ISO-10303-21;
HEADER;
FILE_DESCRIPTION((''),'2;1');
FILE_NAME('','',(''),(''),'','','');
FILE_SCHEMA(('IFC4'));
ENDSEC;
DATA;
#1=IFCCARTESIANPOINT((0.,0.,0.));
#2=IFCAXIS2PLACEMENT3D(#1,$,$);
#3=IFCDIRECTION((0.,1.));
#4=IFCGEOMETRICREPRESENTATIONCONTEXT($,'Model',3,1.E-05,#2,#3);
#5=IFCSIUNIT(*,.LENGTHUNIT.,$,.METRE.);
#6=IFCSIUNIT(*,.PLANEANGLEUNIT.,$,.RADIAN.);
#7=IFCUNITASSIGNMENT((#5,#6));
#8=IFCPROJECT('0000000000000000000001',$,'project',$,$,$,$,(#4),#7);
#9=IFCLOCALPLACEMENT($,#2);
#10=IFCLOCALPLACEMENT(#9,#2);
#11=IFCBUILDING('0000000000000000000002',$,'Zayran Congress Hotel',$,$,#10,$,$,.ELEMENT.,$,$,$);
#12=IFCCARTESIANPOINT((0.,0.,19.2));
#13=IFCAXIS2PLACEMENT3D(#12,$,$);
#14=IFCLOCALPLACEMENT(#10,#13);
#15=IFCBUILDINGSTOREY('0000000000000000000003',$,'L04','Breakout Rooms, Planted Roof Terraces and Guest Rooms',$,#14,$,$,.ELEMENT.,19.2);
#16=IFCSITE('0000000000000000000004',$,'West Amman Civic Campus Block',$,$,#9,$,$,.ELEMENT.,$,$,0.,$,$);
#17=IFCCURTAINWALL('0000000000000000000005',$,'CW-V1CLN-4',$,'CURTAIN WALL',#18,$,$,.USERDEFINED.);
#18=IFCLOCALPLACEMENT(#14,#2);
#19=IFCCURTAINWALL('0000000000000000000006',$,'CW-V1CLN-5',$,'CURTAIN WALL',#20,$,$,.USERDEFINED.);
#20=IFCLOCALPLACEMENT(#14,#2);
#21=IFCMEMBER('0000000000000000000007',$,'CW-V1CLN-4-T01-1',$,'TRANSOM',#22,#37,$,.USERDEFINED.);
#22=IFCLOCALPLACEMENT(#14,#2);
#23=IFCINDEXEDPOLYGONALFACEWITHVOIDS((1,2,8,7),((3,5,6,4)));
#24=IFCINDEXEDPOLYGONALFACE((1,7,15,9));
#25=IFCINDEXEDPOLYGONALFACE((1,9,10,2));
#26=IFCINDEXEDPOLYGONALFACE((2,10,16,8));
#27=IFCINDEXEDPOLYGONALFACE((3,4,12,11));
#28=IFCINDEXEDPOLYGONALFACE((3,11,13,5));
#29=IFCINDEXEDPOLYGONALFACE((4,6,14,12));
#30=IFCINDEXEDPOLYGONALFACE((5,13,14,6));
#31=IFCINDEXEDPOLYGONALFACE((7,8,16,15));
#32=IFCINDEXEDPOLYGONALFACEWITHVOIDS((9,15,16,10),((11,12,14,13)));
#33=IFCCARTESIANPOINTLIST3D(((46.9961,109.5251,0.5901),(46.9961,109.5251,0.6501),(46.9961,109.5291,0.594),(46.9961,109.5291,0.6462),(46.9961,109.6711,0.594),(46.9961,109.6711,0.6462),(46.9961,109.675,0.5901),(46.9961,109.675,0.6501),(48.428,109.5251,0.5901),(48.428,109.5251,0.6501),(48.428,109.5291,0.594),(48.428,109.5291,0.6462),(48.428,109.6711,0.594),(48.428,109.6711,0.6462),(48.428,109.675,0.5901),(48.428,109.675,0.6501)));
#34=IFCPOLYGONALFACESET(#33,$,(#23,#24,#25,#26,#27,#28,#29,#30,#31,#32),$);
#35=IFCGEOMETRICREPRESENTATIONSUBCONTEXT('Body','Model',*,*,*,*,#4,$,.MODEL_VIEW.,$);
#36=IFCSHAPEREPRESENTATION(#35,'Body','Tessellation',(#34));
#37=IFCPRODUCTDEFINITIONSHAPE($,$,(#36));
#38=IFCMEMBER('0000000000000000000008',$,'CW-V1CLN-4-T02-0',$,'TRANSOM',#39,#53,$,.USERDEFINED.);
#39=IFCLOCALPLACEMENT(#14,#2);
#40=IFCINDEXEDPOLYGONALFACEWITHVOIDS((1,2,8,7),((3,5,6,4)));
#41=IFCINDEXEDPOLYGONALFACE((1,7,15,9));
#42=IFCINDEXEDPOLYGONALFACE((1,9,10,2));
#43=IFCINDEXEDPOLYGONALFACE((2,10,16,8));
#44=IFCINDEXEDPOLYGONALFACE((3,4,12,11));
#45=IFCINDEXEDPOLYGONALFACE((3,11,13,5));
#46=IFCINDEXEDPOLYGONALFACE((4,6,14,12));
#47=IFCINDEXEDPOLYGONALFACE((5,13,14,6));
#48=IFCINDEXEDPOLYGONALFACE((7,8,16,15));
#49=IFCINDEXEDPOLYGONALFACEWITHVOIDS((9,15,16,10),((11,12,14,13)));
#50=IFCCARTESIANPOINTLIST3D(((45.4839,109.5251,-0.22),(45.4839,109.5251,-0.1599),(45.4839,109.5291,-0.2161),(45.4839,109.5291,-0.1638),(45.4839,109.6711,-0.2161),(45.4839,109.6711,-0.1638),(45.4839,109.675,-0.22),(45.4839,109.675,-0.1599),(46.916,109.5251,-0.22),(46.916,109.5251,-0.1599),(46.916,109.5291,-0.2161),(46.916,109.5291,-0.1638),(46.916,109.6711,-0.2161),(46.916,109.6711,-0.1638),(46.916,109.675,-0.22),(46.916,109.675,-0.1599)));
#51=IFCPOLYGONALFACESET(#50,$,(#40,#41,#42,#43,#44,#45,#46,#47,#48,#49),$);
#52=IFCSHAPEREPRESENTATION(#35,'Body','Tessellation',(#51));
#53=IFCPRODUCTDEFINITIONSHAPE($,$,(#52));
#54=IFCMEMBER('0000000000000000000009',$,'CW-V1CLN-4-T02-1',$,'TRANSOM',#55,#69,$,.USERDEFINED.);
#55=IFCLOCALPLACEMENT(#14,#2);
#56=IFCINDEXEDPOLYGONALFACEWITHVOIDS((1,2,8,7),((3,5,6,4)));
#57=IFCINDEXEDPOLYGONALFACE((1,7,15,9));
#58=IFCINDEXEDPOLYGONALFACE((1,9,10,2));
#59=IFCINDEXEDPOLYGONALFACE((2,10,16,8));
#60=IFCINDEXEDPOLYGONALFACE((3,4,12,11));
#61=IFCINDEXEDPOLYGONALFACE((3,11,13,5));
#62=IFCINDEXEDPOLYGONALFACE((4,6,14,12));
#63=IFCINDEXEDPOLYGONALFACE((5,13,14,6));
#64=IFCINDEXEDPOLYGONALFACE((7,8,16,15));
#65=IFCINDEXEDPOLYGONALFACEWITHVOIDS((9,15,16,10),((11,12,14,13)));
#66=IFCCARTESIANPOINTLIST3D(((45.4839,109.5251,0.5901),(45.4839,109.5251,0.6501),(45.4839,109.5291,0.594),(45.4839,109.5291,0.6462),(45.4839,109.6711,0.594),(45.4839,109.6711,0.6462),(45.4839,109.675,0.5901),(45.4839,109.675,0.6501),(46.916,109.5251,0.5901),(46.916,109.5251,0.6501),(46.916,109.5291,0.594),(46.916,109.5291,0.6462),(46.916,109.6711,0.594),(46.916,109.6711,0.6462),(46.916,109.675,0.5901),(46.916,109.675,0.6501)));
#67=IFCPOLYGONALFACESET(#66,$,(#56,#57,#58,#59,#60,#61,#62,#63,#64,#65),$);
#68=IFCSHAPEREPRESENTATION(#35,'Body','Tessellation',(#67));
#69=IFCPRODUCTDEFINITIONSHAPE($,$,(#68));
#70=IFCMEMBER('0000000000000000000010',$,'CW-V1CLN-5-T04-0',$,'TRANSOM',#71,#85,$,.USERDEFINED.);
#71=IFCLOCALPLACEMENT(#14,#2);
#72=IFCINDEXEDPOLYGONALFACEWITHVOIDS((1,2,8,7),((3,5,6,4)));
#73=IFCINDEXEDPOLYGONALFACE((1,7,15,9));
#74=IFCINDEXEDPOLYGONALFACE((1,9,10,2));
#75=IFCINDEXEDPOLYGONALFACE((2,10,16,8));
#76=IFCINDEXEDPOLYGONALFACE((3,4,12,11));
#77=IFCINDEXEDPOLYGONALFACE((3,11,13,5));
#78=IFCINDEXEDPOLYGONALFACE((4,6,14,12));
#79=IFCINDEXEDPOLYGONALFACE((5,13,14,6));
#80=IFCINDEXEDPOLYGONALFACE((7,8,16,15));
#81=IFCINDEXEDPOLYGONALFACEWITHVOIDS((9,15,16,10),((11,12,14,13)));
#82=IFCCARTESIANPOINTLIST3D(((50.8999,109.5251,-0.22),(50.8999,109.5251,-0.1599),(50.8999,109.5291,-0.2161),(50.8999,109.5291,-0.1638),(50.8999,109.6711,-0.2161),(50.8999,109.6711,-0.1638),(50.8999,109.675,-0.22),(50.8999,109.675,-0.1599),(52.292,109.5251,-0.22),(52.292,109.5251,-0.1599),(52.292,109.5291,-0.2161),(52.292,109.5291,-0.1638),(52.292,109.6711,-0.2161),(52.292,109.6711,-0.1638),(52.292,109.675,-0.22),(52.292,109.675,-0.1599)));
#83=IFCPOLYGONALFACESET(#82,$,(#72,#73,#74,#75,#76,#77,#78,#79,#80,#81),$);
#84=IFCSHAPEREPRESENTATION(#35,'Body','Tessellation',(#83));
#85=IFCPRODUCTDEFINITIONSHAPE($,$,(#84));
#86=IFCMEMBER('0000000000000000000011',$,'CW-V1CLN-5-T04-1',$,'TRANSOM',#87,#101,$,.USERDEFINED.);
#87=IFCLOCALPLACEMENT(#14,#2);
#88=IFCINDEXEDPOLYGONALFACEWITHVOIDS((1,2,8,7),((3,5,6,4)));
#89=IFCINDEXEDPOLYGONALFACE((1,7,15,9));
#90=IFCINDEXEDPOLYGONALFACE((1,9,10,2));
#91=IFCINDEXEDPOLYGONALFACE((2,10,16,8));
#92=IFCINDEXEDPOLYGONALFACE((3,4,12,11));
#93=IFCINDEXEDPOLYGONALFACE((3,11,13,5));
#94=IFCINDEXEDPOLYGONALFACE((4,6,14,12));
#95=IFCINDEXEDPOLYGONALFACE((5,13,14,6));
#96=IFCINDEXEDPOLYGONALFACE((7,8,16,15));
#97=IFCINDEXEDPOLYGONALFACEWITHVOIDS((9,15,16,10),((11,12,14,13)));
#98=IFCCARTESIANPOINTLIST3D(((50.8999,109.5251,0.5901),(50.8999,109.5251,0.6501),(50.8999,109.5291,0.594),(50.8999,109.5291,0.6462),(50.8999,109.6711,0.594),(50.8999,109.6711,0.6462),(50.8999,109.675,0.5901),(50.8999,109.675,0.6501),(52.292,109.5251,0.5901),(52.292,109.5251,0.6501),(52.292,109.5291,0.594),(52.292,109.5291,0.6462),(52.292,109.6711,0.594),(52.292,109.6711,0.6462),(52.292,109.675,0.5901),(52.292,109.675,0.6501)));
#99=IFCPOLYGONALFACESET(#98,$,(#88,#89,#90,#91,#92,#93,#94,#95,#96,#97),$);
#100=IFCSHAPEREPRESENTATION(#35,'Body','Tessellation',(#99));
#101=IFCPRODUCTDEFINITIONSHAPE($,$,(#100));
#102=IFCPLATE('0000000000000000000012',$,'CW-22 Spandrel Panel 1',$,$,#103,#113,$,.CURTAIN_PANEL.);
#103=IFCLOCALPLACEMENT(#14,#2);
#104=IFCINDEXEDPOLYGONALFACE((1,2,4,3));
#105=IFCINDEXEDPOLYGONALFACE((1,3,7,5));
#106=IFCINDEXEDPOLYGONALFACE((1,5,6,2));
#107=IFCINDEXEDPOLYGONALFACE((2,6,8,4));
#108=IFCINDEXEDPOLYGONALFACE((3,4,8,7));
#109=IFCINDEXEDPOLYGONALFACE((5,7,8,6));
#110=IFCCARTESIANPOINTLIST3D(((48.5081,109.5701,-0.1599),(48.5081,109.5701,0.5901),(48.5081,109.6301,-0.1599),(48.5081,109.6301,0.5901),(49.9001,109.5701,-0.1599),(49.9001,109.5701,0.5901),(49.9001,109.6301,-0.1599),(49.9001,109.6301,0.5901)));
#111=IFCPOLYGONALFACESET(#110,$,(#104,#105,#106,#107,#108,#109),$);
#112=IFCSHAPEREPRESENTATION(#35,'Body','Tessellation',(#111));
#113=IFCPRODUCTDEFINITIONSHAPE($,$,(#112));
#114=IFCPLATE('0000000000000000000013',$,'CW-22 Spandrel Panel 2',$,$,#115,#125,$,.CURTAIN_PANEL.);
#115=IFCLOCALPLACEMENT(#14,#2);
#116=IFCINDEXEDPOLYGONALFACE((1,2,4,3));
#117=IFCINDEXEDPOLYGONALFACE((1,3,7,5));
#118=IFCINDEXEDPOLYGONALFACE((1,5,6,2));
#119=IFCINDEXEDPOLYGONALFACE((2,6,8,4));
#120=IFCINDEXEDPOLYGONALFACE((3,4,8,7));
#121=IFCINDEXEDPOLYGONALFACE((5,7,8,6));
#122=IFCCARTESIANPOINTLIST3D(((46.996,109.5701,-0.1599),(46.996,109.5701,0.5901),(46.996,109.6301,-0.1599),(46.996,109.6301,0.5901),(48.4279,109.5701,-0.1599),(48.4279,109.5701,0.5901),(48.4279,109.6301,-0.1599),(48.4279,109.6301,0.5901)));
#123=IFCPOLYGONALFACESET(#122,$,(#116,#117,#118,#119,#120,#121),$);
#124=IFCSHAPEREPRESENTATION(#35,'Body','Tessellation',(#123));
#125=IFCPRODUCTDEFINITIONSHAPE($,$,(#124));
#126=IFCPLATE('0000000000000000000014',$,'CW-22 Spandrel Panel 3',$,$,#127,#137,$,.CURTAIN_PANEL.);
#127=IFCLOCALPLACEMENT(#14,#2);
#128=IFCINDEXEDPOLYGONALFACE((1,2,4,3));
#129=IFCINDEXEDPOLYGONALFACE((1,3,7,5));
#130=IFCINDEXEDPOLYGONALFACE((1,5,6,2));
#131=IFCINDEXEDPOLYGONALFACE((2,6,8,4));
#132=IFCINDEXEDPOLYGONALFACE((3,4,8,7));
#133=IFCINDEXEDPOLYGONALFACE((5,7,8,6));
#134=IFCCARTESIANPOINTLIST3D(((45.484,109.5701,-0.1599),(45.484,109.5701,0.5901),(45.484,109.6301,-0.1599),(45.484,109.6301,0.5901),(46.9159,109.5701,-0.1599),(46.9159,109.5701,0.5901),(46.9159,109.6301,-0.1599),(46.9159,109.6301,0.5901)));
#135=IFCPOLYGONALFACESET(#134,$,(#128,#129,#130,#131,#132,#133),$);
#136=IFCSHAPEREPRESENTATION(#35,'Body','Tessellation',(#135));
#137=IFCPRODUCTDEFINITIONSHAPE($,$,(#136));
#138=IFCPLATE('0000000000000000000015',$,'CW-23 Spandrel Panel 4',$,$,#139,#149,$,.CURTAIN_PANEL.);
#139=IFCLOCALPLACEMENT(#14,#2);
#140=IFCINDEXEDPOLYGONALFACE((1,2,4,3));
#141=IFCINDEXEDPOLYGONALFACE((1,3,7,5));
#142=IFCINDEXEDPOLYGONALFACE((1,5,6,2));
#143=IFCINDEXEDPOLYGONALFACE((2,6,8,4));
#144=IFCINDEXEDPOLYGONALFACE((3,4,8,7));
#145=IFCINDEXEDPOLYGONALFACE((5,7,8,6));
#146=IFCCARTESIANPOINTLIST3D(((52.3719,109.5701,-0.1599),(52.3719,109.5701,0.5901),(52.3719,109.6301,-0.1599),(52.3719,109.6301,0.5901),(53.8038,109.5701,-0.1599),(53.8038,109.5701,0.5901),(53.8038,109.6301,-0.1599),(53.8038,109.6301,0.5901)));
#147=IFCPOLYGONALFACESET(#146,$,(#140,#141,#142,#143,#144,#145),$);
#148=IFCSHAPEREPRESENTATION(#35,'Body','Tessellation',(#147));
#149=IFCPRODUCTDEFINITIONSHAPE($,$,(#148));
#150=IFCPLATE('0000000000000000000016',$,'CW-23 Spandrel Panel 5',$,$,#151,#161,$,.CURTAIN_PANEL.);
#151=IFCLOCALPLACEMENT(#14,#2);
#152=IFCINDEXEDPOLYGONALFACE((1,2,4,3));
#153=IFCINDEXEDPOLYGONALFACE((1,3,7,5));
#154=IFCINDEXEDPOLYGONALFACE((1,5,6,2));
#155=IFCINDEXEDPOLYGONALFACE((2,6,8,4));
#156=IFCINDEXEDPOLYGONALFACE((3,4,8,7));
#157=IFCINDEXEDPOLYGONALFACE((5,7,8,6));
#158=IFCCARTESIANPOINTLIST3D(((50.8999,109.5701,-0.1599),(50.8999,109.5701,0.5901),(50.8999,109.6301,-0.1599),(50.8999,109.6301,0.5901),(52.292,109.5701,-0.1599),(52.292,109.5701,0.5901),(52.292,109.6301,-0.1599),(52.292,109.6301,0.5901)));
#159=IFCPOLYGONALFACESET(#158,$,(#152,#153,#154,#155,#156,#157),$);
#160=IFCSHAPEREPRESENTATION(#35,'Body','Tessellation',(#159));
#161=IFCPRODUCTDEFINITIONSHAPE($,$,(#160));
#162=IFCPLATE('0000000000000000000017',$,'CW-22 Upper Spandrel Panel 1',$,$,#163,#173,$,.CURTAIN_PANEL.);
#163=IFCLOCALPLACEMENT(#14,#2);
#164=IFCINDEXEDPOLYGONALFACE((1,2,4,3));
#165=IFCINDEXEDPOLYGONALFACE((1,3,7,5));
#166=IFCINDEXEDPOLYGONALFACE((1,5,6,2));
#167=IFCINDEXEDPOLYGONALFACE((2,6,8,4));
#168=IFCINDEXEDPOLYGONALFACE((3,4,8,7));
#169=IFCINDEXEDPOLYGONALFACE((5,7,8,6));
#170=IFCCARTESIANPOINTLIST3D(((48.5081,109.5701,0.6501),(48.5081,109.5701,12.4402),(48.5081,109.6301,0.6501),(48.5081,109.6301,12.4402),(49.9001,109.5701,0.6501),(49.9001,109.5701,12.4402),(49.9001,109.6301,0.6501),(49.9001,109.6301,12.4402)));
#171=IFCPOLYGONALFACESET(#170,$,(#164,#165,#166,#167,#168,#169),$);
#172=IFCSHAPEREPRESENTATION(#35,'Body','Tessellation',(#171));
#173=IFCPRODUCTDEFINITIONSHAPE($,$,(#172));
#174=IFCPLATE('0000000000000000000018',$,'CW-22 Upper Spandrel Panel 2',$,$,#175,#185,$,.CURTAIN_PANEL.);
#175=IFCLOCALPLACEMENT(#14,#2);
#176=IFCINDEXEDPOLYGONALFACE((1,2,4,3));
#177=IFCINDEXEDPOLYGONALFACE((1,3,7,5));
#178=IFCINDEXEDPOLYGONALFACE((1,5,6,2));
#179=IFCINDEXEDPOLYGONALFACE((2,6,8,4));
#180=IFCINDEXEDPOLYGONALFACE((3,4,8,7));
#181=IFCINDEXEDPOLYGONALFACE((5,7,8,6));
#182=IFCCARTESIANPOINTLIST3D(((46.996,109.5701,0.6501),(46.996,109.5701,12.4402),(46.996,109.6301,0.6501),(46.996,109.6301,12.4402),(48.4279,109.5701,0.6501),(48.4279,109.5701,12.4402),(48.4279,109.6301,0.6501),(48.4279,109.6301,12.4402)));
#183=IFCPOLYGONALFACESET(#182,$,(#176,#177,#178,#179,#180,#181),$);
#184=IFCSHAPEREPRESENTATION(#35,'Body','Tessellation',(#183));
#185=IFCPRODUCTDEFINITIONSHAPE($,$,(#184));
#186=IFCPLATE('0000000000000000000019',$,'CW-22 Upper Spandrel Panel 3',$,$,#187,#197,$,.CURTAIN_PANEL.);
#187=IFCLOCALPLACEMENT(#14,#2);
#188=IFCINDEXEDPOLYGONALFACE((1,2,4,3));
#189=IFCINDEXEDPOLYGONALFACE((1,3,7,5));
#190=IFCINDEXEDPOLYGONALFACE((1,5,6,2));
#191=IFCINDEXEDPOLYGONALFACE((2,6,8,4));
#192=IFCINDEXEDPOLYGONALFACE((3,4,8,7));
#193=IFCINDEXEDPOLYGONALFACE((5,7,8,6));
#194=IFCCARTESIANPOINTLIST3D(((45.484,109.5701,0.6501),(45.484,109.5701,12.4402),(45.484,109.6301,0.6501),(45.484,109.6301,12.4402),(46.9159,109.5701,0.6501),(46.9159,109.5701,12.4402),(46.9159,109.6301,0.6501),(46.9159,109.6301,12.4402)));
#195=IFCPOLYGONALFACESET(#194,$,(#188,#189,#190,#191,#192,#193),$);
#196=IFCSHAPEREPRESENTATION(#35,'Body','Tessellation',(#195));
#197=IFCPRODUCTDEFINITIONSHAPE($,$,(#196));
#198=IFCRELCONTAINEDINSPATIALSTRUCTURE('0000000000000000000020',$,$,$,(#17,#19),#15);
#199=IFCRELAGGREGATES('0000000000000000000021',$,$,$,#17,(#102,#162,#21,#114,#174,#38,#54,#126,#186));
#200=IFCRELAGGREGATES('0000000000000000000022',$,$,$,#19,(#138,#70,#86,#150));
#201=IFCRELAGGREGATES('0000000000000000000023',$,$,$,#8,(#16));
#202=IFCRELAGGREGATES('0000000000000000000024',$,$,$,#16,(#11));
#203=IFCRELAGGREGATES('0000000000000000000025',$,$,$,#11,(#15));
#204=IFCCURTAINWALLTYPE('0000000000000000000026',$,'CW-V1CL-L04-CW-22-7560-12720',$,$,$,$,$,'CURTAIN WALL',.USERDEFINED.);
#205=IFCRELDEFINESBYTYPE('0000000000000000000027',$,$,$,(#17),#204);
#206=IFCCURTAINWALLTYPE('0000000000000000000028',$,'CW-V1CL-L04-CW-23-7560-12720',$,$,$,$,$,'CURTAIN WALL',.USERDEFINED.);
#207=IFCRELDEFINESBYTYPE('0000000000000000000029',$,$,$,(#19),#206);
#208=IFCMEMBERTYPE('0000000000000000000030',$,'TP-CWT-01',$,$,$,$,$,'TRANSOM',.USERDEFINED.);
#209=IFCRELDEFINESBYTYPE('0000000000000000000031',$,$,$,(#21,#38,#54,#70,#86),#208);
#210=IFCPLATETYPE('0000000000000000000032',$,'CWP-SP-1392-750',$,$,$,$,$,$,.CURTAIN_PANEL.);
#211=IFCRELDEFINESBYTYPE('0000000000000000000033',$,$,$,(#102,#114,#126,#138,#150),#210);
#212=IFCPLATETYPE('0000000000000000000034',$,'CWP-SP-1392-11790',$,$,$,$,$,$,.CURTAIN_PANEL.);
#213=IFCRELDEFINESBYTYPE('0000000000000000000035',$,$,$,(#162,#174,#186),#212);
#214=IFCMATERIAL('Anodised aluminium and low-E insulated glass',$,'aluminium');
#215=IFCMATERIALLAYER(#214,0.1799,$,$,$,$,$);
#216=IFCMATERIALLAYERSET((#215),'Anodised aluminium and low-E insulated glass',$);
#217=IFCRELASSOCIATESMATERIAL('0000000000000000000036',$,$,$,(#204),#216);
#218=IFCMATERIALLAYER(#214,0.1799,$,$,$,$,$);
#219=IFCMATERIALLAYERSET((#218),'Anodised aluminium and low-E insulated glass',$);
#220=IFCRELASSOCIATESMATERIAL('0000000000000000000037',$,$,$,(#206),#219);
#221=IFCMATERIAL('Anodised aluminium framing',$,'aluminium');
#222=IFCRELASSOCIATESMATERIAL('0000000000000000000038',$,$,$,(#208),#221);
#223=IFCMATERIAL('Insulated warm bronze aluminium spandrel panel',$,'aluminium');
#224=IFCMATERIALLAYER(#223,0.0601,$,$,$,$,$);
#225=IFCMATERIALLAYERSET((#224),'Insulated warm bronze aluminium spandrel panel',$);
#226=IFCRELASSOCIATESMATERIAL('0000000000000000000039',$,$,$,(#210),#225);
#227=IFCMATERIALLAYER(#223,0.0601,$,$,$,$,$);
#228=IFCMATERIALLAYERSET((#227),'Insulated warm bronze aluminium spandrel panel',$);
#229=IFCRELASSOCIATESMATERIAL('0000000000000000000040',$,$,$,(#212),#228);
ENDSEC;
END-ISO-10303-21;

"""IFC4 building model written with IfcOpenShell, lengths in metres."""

from ifc_helpers import new_model, si_unit, direction, frame, origin, origin_2d, place, context, subcontext, project, spatial, rectangle, hollow_rectangle, extrude, material, layer, layer_set, material_profile, profile_set, type_object, element, aggregate, save


model = new_model("IFC4")

# Units and contexts
model_context = context("Model", 3, precision=1e-05, world=origin(), true_north=direction((0.0, 1.0)))
body_context = subcontext(model_context, "Body", "Model", "MODEL_VIEW")
ifc_project = project(units=[si_unit("LENGTHUNIT", "METRE"), si_unit("PLANEANGLEUNIT", "RADIAN")], contexts=[model_context])

# Site, building, storey
site_placement = place(None, origin())
site = spatial("IfcSite", under=ifc_project, at=site_placement, Name="West Amman Civic Campus Block", CompositionType="ELEMENT", RefElevation=0.0)
building_placement = place(site_placement, origin())
building = spatial("IfcBuilding", under=site, at=building_placement, Name="Zayran Congress Hotel", CompositionType="ELEMENT")
storey_placement = place(building_placement, frame((0.0, 0.0, 19.2)))
storey = spatial("IfcBuildingStorey", under=building, at=storey_placement, Name="L04", Description="Breakout Rooms, Planted Roof Terraces and Guest Rooms", CompositionType="ELEMENT", Elevation=19.2)

# Curtain walls
ifc_material_1 = material(Name="Anodised aluminium and low-E insulated glass", Category="aluminium")
ifc_layer_1 = layer(ifc_material_1, 0.1799)
ifc_layer_set_1 = layer_set([ifc_layer_1], Name="Anodised aluminium and low-E insulated glass")
curtain_wall_type_1 = type_object("IfcCurtainWallType", Name="CW-V1CL-L04-CW-22-7560-12720", ElementType="CURTAIN WALL", PredefinedType="USERDEFINED", material=ifc_layer_set_1)
curtain_wall_1_placement = place(storey_placement, origin())
curtain_wall_1 = element("IfcCurtainWall", 1, at=curtain_wall_1_placement, inside=storey, type_object=curtain_wall_type_1, Name="CW-V1CLN-4", ObjectType="CURTAIN WALL", PredefinedType="USERDEFINED")
ifc_material_2 = material(Name="Anodised aluminium framing", Category="aluminium")
ifc_layer_2 = layer(ifc_material_1, 0.1799)
ifc_layer_set_2 = layer_set([ifc_layer_2], Name="Anodised aluminium and low-E insulated glass")
curtain_wall_type_2 = type_object("IfcCurtainWallType", Name="CW-V1CL-L04-CW-23-7560-12720", ElementType="CURTAIN WALL", PredefinedType="USERDEFINED", material=ifc_layer_set_2)
curtain_wall_2_placement = place(storey_placement, origin())
curtain_wall_2 = element("IfcCurtainWall", 2, at=curtain_wall_2_placement, inside=storey, type_object=curtain_wall_type_2, Name="CW-V1CLN-5", ObjectType="CURTAIN WALL", PredefinedType="USERDEFINED")

# Members
ifc_material_profile_1 = material_profile(ifc_material_2, hollow_rectangle(XDim=0.0601, YDim=0.1499, WallThickness=0.0039, at=origin_2d()), Name="RHS 150x60x4")
ifc_profile_set_1 = profile_set([ifc_material_profile_1], Name="Anodised aluminium framing")
member_type_1 = type_object("IfcMemberType", Name="TP-CWT-01", ElementType="TRANSOM", PredefinedType="USERDEFINED", material=ifc_profile_set_1)
member_1_placement = place(storey_placement, frame((48.428, 109.6001, 0.6201), z_axis=(-1.0, 0.0, 0.0), x_axis=(0.0, 0.0, 1.0)))
member_1 = element("IfcMember", 3, at=member_1_placement, type_object=member_type_1, Name="CW-V1CLN-4-T01-1", ObjectType="TRANSOM", PredefinedType="USERDEFINED", context=body_context, shape_type="SweptSolid", body=[
    extrude(hollow_rectangle(XDim=0.0601, YDim=0.1499, WallThickness=0.0039, at=origin_2d()), origin(), (0.0, 0.0, 1.0), 1.4319),
])
member_2_placement = place(storey_placement, frame((46.916, 109.6001, -0.1899), z_axis=(-1.0, 0.0, 0.0), x_axis=(0.0, 0.0, 1.0)))
member_2 = element("IfcMember", 4, at=member_2_placement, type_object=member_type_1, Name="CW-V1CLN-4-T02-0", ObjectType="TRANSOM", PredefinedType="USERDEFINED", context=body_context, shape_type="SweptSolid", body=[
    extrude(hollow_rectangle(XDim=0.0601, YDim=0.1499, WallThickness=0.0039, at=origin_2d()), origin(), (0.0, 0.0, 1.0), 1.4321),
])
member_3_placement = place(storey_placement, frame((46.916, 109.6001, 0.6201), z_axis=(-1.0, 0.0, 0.0), x_axis=(0.0, 0.0, 1.0)))
member_3 = element("IfcMember", 5, at=member_3_placement, type_object=member_type_1, Name="CW-V1CLN-4-T02-1", ObjectType="TRANSOM", PredefinedType="USERDEFINED", context=body_context, shape_type="SweptSolid", body=[
    extrude(hollow_rectangle(XDim=0.0601, YDim=0.1499, WallThickness=0.0039, at=origin_2d()), origin(), (0.0, 0.0, 1.0), 1.4321),
])
member_4_placement = place(storey_placement, frame((52.292, 109.6001, -0.1899), z_axis=(-1.0, 0.0, 0.0), x_axis=(0.0, 0.0, 1.0)))
member_4 = element("IfcMember", 6, at=member_4_placement, type_object=member_type_1, Name="CW-V1CLN-5-T04-0", ObjectType="TRANSOM", PredefinedType="USERDEFINED", context=body_context, shape_type="SweptSolid", body=[
    extrude(hollow_rectangle(XDim=0.0601, YDim=0.1499, WallThickness=0.0039, at=origin_2d()), origin(), (0.0, 0.0, 1.0), 1.3921),
])
member_5_placement = place(storey_placement, frame((52.292, 109.6001, 0.6201), z_axis=(-1.0, 0.0, 0.0), x_axis=(0.0, 0.0, 1.0)))
member_5 = element("IfcMember", 7, at=member_5_placement, type_object=member_type_1, Name="CW-V1CLN-5-T04-1", ObjectType="TRANSOM", PredefinedType="USERDEFINED", context=body_context, shape_type="SweptSolid", body=[
    extrude(hollow_rectangle(XDim=0.0601, YDim=0.1499, WallThickness=0.0039, at=origin_2d()), origin(), (0.0, 0.0, 1.0), 1.3921),
])

# Plates
ifc_material_3 = material(Name="Insulated warm bronze aluminium spandrel panel", Category="aluminium")
ifc_layer_3 = layer(ifc_material_3, 0.0601)
ifc_layer_set_3 = layer_set([ifc_layer_3], Name="Insulated warm bronze aluminium spandrel panel")
plate_type_1 = type_object("IfcPlateType", Name="CWP-SP-1392-750", PredefinedType="CURTAIN_PANEL", material=ifc_layer_set_3)
plate_1_placement = place(storey_placement, frame((49.2041, 109.6001, -0.1599), z_axis=(0.0, 0.0, 1.0), x_axis=(1.0, 0.0, 0.0)))
plate_1 = element("IfcPlate", 8, at=plate_1_placement, type_object=plate_type_1, Name="CW-22 Spandrel Panel 1", PredefinedType="CURTAIN_PANEL", context=body_context, shape_type="SweptSolid", body=[
    extrude(rectangle(XDim=1.3921, YDim=0.0601, at=origin_2d()), origin(), (0.0, 0.0, 1.0), 0.75),
])
plate_2_placement = place(storey_placement, frame((47.7119, 109.6001, -0.1599), z_axis=(0.0, 0.0, 1.0), x_axis=(1.0, 0.0, 0.0)))
plate_2 = element("IfcPlate", 9, at=plate_2_placement, type_object=plate_type_1, Name="CW-22 Spandrel Panel 2", PredefinedType="CURTAIN_PANEL", context=body_context, shape_type="SweptSolid", body=[
    extrude(rectangle(XDim=1.4319, YDim=0.0601, at=origin_2d()), origin(), (0.0, 0.0, 1.0), 0.75),
])
plate_3_placement = place(storey_placement, frame((46.2, 109.6001, -0.1599), z_axis=(0.0, 0.0, 1.0), x_axis=(1.0, 0.0, 0.0)))
plate_3 = element("IfcPlate", 10, at=plate_3_placement, type_object=plate_type_1, Name="CW-22 Spandrel Panel 3", PredefinedType="CURTAIN_PANEL", context=body_context, shape_type="SweptSolid", body=[
    extrude(rectangle(XDim=1.4319, YDim=0.0601, at=origin_2d()), origin(), (0.0, 0.0, 1.0), 0.75),
])
plate_4_placement = place(storey_placement, frame((53.0879, 109.6001, -0.1599), z_axis=(0.0, 0.0, 1.0), x_axis=(1.0, 0.0, 0.0)))
plate_4 = element("IfcPlate", 11, at=plate_4_placement, type_object=plate_type_1, Name="CW-23 Spandrel Panel 4", PredefinedType="CURTAIN_PANEL", context=body_context, shape_type="SweptSolid", body=[
    extrude(rectangle(XDim=1.4319, YDim=0.0601, at=origin_2d()), origin(), (0.0, 0.0, 1.0), 0.75),
])
plate_5_placement = place(storey_placement, frame((51.5959, 109.6001, -0.1599), z_axis=(0.0, 0.0, 1.0), x_axis=(1.0, 0.0, 0.0)))
plate_5 = element("IfcPlate", 12, at=plate_5_placement, type_object=plate_type_1, Name="CW-23 Spandrel Panel 5", PredefinedType="CURTAIN_PANEL", context=body_context, shape_type="SweptSolid", body=[
    extrude(rectangle(XDim=1.3921, YDim=0.0601, at=origin_2d()), origin(), (0.0, 0.0, 1.0), 0.75),
])
ifc_layer_4 = layer(ifc_material_3, 0.0601)
ifc_layer_set_4 = layer_set([ifc_layer_4], Name="Insulated warm bronze aluminium spandrel panel")
plate_type_2 = type_object("IfcPlateType", Name="CWP-SP-1392-11790", PredefinedType="CURTAIN_PANEL", material=ifc_layer_set_4)
plate_6_placement = place(storey_placement, frame((49.2041, 109.6001, 0.6501), z_axis=(0.0, 0.0, 1.0), x_axis=(1.0, 0.0, 0.0)))
plate_6 = element("IfcPlate", 13, at=plate_6_placement, type_object=plate_type_2, Name="CW-22 Upper Spandrel Panel 1", PredefinedType="CURTAIN_PANEL", context=body_context, shape_type="SweptSolid", body=[
    extrude(rectangle(XDim=1.3921, YDim=0.0601, at=origin_2d()), origin(), (0.0, 0.0, 1.0), 11.79),
])
plate_7_placement = place(storey_placement, frame((47.7119, 109.6001, 0.6501), z_axis=(0.0, 0.0, 1.0), x_axis=(1.0, 0.0, 0.0)))
plate_7 = element("IfcPlate", 14, at=plate_7_placement, type_object=plate_type_2, Name="CW-22 Upper Spandrel Panel 2", PredefinedType="CURTAIN_PANEL", context=body_context, shape_type="SweptSolid", body=[
    extrude(rectangle(XDim=1.4319, YDim=0.0601, at=origin_2d()), origin(), (0.0, 0.0, 1.0), 11.79),
])
plate_8_placement = place(storey_placement, frame((46.2, 109.6001, 0.6501), z_axis=(0.0, 0.0, 1.0), x_axis=(1.0, 0.0, 0.0)))
plate_8 = element("IfcPlate", 15, at=plate_8_placement, type_object=plate_type_2, Name="CW-22 Upper Spandrel Panel 3", PredefinedType="CURTAIN_PANEL", context=body_context, shape_type="SweptSolid", body=[
    extrude(rectangle(XDim=1.4319, YDim=0.0601, at=origin_2d()), origin(), (0.0, 0.0, 1.0), 11.79),
])
aggregate(curtain_wall_1, [plate_1, plate_6, member_1, plate_2, plate_7, member_2, member_3, plate_3, plate_8])
aggregate(curtain_wall_2, [plate_4, member_4, member_5, plate_5])

save(model, "model.ifc")
